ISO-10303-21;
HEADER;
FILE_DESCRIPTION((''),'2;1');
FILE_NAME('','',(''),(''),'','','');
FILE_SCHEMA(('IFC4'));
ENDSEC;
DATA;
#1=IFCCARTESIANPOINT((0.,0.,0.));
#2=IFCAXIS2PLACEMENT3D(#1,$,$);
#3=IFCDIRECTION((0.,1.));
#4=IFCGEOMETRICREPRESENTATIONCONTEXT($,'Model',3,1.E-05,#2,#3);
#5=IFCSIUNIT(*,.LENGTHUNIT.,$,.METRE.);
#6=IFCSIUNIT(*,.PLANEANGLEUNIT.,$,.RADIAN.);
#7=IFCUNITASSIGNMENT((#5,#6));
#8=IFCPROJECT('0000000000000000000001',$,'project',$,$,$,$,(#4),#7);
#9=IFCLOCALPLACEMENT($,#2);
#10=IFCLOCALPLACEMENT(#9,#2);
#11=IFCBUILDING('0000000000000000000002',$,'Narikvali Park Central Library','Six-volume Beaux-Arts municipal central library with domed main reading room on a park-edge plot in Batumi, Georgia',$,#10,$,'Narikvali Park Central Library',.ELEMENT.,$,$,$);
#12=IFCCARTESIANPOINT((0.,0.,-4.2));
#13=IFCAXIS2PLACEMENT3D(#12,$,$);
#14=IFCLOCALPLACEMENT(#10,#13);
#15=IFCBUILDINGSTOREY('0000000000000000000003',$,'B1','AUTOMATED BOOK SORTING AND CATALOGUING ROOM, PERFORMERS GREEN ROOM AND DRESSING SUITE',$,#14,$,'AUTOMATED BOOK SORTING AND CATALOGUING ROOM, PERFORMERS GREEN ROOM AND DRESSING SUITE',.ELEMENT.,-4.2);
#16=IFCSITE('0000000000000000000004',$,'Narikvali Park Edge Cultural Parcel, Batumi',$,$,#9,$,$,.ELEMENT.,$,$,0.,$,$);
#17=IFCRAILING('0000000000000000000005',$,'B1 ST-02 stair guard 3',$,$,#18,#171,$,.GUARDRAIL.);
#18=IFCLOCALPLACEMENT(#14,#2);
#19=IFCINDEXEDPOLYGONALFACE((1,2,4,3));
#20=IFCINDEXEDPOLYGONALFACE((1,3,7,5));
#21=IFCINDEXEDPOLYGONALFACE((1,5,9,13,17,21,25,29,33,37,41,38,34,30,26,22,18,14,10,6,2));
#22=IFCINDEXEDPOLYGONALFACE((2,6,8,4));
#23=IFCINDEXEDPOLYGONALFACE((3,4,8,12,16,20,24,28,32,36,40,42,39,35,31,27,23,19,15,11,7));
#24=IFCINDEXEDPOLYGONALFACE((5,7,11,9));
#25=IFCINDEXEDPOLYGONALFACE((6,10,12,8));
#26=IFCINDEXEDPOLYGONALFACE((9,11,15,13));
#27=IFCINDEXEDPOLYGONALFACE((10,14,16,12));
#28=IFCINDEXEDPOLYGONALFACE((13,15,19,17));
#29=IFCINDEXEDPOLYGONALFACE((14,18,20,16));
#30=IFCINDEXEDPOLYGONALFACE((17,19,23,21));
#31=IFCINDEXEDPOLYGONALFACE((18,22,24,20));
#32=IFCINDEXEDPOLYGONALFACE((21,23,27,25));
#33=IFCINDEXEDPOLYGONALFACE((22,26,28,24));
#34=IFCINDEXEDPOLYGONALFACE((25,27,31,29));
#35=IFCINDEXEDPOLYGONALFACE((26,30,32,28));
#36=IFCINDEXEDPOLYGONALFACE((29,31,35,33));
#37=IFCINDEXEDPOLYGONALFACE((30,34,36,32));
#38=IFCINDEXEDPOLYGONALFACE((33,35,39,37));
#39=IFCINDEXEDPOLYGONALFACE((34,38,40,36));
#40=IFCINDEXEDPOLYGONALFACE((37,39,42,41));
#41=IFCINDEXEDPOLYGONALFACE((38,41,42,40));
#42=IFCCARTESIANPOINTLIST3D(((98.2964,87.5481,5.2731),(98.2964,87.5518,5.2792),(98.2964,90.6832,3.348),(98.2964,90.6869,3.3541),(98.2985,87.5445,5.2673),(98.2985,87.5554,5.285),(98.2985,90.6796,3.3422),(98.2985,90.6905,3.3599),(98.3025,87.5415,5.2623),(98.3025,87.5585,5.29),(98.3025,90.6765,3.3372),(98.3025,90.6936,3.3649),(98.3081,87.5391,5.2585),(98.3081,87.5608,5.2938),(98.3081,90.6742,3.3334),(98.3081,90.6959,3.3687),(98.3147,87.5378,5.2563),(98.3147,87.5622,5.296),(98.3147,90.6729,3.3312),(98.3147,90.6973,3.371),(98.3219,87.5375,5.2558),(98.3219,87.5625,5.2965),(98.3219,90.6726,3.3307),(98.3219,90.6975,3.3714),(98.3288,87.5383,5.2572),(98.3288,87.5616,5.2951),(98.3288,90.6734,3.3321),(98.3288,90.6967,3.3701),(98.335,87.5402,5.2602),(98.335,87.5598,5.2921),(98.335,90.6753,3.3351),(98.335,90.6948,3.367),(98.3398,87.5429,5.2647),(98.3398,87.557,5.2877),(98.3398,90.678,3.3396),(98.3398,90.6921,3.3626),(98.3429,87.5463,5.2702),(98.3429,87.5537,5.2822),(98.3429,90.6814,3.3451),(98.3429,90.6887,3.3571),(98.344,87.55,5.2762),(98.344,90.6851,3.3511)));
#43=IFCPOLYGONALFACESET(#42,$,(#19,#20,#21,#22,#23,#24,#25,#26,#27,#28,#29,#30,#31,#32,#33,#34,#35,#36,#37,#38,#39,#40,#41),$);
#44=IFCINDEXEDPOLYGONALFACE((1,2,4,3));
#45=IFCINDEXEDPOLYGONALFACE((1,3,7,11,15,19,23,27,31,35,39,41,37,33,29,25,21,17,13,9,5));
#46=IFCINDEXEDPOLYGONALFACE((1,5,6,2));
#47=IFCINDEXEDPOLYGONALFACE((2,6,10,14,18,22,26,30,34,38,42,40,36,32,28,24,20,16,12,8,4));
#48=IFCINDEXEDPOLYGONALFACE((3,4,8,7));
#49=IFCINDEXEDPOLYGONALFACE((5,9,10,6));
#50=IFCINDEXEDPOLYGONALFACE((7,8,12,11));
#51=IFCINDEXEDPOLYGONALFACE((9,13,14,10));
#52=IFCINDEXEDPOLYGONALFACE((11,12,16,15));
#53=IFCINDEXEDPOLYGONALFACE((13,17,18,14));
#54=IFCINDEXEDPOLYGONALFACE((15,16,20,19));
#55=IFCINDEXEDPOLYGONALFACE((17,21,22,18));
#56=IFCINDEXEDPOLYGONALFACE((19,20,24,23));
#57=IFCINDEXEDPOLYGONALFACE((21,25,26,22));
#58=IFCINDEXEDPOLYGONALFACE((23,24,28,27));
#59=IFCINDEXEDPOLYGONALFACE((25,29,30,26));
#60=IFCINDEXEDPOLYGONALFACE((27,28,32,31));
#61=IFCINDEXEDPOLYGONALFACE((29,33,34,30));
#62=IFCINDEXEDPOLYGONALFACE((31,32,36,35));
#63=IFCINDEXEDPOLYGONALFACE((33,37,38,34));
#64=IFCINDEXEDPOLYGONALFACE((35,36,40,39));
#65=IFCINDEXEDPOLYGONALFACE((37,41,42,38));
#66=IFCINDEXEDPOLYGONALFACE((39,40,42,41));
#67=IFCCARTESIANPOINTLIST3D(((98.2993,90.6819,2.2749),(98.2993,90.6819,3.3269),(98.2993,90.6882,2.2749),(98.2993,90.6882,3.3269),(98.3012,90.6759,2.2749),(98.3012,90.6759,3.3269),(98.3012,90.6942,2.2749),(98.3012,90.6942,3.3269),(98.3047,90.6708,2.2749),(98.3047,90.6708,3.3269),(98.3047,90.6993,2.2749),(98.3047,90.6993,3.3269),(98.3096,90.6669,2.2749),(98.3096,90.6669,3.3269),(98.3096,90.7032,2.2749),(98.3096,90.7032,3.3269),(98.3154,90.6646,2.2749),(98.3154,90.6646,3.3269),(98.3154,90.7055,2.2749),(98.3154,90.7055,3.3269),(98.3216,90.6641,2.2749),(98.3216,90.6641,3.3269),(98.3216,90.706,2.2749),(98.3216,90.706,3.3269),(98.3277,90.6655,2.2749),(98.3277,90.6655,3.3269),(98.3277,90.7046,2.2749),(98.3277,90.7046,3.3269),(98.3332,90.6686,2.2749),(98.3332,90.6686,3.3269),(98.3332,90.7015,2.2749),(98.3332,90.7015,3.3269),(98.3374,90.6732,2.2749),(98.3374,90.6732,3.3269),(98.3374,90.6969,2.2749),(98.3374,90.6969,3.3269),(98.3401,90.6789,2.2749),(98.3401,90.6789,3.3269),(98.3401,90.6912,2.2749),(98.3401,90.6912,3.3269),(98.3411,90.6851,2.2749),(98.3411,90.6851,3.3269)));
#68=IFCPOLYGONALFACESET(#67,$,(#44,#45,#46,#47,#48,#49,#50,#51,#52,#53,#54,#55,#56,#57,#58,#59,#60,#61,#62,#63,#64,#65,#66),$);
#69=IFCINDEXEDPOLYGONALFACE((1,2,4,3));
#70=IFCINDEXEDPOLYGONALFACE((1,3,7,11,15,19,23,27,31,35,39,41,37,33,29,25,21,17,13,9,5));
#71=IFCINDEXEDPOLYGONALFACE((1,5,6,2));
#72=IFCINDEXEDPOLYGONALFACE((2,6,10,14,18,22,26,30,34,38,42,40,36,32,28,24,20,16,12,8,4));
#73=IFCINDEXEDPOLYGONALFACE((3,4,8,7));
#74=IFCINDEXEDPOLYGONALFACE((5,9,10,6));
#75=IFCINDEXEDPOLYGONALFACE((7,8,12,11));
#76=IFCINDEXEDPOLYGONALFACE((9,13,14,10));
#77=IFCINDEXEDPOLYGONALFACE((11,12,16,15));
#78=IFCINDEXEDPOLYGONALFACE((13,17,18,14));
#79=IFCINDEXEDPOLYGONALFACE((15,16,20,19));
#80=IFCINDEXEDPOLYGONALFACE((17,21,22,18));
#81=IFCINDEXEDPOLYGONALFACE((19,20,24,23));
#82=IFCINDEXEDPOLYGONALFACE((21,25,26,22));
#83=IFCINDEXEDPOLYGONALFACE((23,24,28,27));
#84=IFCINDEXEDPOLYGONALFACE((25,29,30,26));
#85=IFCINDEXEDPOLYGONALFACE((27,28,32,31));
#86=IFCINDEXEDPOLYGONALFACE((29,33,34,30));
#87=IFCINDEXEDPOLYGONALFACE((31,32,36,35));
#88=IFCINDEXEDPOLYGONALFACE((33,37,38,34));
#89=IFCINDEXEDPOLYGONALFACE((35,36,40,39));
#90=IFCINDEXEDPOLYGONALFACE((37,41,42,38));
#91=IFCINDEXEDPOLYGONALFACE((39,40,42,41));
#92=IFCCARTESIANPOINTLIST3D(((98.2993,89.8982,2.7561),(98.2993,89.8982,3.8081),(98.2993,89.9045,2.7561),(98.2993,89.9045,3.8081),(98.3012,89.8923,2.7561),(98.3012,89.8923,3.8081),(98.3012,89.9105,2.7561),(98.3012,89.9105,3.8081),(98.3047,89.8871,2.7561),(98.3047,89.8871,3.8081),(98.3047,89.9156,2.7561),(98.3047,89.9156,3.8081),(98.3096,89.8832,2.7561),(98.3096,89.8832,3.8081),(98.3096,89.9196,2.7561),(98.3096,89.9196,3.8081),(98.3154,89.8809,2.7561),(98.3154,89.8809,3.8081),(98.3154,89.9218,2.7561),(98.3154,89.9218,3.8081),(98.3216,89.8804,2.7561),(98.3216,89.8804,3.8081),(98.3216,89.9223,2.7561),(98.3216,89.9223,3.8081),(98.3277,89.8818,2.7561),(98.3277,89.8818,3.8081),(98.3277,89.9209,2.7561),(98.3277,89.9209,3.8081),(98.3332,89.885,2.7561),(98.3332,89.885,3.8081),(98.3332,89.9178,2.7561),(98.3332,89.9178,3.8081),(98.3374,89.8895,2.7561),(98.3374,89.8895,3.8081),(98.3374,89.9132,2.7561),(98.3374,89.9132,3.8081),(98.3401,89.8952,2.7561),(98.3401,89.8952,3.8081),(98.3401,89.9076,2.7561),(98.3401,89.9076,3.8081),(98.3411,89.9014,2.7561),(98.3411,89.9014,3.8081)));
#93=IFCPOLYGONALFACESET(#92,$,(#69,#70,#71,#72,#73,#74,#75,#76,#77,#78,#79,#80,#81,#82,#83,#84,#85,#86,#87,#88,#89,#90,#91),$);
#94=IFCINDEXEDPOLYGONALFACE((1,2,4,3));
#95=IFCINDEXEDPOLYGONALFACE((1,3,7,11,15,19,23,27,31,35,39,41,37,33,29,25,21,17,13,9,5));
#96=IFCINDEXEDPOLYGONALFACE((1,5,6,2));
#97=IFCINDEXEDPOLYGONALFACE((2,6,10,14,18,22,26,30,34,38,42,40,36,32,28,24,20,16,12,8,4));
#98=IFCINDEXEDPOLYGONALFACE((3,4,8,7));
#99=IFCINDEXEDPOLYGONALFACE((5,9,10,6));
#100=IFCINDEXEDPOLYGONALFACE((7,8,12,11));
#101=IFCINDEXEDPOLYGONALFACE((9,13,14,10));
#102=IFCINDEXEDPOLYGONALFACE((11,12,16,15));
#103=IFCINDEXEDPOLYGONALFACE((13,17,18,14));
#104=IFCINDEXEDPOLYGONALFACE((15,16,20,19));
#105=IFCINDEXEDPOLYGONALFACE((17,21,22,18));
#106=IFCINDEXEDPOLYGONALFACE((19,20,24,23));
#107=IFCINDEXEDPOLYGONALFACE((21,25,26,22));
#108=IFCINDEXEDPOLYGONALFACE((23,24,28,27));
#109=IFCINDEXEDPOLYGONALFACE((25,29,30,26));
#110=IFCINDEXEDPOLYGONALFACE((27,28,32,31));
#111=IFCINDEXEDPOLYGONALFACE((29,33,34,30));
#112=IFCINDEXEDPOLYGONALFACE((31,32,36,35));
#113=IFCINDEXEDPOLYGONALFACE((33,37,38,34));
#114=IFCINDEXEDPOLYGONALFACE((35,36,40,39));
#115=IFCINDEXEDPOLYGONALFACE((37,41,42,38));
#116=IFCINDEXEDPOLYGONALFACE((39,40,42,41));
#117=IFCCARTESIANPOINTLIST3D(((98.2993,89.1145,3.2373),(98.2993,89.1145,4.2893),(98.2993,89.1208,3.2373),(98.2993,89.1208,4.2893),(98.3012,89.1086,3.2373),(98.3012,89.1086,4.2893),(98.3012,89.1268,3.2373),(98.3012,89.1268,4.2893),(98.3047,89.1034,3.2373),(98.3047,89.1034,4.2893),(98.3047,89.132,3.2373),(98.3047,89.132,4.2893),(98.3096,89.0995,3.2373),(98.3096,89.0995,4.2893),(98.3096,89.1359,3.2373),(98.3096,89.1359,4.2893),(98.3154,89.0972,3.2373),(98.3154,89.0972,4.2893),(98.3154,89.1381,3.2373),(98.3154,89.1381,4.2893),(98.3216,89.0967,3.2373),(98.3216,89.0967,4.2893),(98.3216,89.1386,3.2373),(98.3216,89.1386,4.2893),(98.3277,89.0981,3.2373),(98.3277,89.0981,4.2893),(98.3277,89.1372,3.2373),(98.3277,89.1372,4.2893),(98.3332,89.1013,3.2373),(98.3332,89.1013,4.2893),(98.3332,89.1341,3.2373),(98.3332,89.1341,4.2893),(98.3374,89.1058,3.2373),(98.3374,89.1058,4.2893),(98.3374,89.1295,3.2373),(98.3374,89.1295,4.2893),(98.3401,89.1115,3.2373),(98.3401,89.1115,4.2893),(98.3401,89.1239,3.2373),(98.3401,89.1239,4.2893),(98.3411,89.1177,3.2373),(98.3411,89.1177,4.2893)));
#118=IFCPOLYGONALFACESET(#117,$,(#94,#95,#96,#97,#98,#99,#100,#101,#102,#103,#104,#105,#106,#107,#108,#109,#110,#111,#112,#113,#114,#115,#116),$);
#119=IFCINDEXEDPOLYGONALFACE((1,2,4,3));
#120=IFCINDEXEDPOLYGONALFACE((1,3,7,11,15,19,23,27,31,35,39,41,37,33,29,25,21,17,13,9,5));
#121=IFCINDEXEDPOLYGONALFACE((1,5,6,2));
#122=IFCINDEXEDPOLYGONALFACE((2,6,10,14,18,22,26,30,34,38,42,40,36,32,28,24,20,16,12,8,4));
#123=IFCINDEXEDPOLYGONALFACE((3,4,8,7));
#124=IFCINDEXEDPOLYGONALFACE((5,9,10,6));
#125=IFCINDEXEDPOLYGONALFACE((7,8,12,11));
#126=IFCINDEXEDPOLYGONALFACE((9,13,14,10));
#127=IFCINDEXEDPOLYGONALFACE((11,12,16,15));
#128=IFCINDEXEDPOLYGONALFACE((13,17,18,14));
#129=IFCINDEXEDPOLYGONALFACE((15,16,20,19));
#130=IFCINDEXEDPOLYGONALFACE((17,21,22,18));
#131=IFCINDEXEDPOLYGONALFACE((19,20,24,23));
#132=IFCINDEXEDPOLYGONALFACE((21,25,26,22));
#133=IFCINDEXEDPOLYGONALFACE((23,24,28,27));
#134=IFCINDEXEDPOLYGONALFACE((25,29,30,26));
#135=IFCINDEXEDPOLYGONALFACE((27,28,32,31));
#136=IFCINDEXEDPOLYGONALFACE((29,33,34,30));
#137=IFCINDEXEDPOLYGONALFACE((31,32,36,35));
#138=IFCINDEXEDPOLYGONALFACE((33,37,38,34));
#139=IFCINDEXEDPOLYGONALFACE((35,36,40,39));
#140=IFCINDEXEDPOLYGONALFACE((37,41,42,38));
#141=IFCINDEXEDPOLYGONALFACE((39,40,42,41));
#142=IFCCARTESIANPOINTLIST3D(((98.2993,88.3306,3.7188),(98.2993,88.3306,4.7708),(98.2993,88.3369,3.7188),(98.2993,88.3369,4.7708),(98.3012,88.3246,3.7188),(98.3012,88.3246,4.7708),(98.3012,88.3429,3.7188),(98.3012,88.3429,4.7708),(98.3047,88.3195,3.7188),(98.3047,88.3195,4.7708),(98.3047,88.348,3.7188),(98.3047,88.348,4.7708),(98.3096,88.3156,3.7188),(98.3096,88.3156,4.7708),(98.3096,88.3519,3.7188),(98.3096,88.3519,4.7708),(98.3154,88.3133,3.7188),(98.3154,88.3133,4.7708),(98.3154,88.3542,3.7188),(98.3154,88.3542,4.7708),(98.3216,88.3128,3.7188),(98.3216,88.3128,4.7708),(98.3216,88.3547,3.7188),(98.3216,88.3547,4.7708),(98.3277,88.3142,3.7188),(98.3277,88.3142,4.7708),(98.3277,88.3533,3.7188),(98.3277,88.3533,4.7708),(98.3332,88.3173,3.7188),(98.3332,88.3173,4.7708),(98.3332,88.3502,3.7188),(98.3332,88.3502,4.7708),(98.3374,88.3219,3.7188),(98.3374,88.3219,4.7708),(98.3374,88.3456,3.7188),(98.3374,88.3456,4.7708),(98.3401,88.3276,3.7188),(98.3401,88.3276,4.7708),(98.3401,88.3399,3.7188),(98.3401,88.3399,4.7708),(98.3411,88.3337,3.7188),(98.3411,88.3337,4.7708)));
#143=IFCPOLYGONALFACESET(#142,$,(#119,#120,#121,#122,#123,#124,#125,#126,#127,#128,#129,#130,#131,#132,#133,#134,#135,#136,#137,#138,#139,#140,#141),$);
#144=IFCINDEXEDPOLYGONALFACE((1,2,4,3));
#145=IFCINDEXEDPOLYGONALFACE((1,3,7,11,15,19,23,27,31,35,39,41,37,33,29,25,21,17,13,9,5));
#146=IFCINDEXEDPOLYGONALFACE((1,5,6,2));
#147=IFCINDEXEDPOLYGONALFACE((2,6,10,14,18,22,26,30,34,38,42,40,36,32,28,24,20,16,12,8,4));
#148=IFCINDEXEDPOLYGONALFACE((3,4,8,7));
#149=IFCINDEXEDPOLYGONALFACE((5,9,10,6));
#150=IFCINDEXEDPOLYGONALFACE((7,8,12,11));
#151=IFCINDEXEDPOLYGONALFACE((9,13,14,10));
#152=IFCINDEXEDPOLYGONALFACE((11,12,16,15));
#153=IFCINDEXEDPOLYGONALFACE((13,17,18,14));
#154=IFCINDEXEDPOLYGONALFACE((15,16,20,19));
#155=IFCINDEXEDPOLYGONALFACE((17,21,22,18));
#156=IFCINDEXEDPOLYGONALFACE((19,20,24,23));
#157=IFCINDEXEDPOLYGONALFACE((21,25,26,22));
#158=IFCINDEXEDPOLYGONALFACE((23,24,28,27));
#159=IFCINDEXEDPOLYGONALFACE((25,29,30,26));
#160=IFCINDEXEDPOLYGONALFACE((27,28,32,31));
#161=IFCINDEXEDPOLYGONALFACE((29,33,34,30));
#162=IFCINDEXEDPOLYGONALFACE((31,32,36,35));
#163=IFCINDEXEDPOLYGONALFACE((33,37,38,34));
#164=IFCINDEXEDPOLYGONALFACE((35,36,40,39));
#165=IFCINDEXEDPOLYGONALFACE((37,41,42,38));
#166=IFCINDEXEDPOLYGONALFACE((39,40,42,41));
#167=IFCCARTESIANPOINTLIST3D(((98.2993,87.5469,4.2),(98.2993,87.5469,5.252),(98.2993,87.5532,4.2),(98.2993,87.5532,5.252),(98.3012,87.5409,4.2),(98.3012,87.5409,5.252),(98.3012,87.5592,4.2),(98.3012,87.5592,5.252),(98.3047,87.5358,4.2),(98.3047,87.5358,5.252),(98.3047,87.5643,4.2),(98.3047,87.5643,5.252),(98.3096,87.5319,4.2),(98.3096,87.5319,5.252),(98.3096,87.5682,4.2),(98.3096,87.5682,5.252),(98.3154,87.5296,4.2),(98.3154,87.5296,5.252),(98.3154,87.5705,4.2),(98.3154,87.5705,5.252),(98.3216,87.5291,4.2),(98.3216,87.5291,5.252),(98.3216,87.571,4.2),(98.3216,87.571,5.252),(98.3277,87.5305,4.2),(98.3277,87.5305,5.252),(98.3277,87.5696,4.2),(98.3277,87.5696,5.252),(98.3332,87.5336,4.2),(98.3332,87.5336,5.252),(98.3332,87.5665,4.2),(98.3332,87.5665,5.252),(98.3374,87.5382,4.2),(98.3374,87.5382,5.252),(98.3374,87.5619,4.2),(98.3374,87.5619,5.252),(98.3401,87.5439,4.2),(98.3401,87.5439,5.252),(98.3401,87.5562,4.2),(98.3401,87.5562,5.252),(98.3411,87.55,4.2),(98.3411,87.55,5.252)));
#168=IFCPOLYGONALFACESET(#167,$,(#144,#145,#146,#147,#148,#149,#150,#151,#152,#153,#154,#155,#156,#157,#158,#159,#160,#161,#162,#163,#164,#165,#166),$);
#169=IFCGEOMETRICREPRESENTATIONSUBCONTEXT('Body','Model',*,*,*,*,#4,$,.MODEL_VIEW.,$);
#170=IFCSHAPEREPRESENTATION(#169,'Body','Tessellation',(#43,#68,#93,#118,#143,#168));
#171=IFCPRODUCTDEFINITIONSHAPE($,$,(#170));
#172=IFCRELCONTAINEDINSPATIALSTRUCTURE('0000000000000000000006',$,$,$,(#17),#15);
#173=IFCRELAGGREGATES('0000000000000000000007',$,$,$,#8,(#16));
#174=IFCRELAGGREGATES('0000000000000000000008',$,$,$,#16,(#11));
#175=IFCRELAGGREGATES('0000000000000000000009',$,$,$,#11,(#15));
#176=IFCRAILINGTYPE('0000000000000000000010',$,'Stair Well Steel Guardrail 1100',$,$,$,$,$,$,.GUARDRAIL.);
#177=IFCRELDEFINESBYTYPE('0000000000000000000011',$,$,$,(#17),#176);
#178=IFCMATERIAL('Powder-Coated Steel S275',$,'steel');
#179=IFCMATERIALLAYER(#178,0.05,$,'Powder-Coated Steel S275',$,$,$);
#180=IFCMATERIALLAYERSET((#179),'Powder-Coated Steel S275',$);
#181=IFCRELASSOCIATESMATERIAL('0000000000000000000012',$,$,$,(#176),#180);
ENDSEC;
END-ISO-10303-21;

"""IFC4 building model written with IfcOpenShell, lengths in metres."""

from ifc_helpers import new_model, si_unit, direction, frame, origin, origin_2d, place, context, subcontext, project, spatial, circle, extrude, material, layer, layer_set, type_object, element, save


model = new_model("IFC4")

# Units and contexts
model_context = context("Model", 3, precision=1e-05, world=origin(), true_north=direction((0.0, 1.0)))
body_context = subcontext(model_context, "Body", "Model", "MODEL_VIEW")
ifc_project = project(units=[si_unit("LENGTHUNIT", "METRE"), si_unit("PLANEANGLEUNIT", "RADIAN")], contexts=[model_context])

# Site, building, storey
site_placement = place(None, origin())
site = spatial("IfcSite", under=ifc_project, at=site_placement, Name="Narikvali Park Edge Cultural Parcel, Batumi", CompositionType="ELEMENT", RefElevation=0.0)
building_placement = place(site_placement, origin())
building = spatial("IfcBuilding", under=site, at=building_placement, Name="Narikvali Park Central Library", Description="Six-volume Beaux-Arts municipal central library with domed main reading room on a park-edge plot in Batumi, Georgia", LongName="Narikvali Park Central Library", CompositionType="ELEMENT")
storey_placement = place(building_placement, frame((0.0, 0.0, -4.2)))
storey = spatial("IfcBuildingStorey", under=building, at=storey_placement, Name="B1", Description="AUTOMATED BOOK SORTING AND CATALOGUING ROOM, PERFORMERS GREEN ROOM AND DRESSING SUITE", LongName="AUTOMATED BOOK SORTING AND CATALOGUING ROOM, PERFORMERS GREEN ROOM AND DRESSING SUITE", CompositionType="ELEMENT", Elevation=-4.2)

# Railing
ifc_material_1 = material(Name="Powder-Coated Steel S275", Category="steel")
ifc_layer_1 = layer(ifc_material_1, 0.05, Name="Powder-Coated Steel S275")
ifc_layer_set_1 = layer_set([ifc_layer_1], Name="Powder-Coated Steel S275")
railing_type = type_object("IfcRailingType", Name="Stair Well Steel Guardrail 1100", PredefinedType="GUARDRAIL", material=ifc_layer_set_1)
railing_1_placement = place(storey_placement, frame((98.3201, 90.6851, 2.2749)))
element("IfcRailing", 1, at=railing_1_placement, inside=storey, type_object=railing_type, Name="B1 ST-02 stair guard 3", PredefinedType="GUARDRAIL", context=body_context, shape_type="SweptSolid", body=[
    extrude(circle(Radius=0.0239, at=origin_2d()), frame((0.0, 0.0, 1.0762), z_axis=(0.0, -0.852166, 0.523271), x_axis=(1.0, 0.0, 0.0)), (0.0, 0.0, 1.0), 3.679),
    extrude(circle(Radius=0.021, at=origin_2d()), origin(), (0.0, 0.0, 1.0), 1.052),
    extrude(circle(Radius=0.021, at=origin_2d()), frame((0.0, -0.7837, 0.4812)), (0.0, 0.0, 1.0), 1.052),
    extrude(circle(Radius=0.021, at=origin_2d()), frame((0.0, -1.5674, 0.9624)), (0.0, 0.0, 1.0), 1.052),
    extrude(circle(Radius=0.021, at=origin_2d()), frame((0.0, -2.3513, 1.4438)), (0.0, 0.0, 1.0), 1.052),
    extrude(circle(Radius=0.021, at=origin_2d()), frame((0.0, -3.135, 1.925)), (0.0, 0.0, 1.0), 1.052),
])

save(model, "model.ifc")
